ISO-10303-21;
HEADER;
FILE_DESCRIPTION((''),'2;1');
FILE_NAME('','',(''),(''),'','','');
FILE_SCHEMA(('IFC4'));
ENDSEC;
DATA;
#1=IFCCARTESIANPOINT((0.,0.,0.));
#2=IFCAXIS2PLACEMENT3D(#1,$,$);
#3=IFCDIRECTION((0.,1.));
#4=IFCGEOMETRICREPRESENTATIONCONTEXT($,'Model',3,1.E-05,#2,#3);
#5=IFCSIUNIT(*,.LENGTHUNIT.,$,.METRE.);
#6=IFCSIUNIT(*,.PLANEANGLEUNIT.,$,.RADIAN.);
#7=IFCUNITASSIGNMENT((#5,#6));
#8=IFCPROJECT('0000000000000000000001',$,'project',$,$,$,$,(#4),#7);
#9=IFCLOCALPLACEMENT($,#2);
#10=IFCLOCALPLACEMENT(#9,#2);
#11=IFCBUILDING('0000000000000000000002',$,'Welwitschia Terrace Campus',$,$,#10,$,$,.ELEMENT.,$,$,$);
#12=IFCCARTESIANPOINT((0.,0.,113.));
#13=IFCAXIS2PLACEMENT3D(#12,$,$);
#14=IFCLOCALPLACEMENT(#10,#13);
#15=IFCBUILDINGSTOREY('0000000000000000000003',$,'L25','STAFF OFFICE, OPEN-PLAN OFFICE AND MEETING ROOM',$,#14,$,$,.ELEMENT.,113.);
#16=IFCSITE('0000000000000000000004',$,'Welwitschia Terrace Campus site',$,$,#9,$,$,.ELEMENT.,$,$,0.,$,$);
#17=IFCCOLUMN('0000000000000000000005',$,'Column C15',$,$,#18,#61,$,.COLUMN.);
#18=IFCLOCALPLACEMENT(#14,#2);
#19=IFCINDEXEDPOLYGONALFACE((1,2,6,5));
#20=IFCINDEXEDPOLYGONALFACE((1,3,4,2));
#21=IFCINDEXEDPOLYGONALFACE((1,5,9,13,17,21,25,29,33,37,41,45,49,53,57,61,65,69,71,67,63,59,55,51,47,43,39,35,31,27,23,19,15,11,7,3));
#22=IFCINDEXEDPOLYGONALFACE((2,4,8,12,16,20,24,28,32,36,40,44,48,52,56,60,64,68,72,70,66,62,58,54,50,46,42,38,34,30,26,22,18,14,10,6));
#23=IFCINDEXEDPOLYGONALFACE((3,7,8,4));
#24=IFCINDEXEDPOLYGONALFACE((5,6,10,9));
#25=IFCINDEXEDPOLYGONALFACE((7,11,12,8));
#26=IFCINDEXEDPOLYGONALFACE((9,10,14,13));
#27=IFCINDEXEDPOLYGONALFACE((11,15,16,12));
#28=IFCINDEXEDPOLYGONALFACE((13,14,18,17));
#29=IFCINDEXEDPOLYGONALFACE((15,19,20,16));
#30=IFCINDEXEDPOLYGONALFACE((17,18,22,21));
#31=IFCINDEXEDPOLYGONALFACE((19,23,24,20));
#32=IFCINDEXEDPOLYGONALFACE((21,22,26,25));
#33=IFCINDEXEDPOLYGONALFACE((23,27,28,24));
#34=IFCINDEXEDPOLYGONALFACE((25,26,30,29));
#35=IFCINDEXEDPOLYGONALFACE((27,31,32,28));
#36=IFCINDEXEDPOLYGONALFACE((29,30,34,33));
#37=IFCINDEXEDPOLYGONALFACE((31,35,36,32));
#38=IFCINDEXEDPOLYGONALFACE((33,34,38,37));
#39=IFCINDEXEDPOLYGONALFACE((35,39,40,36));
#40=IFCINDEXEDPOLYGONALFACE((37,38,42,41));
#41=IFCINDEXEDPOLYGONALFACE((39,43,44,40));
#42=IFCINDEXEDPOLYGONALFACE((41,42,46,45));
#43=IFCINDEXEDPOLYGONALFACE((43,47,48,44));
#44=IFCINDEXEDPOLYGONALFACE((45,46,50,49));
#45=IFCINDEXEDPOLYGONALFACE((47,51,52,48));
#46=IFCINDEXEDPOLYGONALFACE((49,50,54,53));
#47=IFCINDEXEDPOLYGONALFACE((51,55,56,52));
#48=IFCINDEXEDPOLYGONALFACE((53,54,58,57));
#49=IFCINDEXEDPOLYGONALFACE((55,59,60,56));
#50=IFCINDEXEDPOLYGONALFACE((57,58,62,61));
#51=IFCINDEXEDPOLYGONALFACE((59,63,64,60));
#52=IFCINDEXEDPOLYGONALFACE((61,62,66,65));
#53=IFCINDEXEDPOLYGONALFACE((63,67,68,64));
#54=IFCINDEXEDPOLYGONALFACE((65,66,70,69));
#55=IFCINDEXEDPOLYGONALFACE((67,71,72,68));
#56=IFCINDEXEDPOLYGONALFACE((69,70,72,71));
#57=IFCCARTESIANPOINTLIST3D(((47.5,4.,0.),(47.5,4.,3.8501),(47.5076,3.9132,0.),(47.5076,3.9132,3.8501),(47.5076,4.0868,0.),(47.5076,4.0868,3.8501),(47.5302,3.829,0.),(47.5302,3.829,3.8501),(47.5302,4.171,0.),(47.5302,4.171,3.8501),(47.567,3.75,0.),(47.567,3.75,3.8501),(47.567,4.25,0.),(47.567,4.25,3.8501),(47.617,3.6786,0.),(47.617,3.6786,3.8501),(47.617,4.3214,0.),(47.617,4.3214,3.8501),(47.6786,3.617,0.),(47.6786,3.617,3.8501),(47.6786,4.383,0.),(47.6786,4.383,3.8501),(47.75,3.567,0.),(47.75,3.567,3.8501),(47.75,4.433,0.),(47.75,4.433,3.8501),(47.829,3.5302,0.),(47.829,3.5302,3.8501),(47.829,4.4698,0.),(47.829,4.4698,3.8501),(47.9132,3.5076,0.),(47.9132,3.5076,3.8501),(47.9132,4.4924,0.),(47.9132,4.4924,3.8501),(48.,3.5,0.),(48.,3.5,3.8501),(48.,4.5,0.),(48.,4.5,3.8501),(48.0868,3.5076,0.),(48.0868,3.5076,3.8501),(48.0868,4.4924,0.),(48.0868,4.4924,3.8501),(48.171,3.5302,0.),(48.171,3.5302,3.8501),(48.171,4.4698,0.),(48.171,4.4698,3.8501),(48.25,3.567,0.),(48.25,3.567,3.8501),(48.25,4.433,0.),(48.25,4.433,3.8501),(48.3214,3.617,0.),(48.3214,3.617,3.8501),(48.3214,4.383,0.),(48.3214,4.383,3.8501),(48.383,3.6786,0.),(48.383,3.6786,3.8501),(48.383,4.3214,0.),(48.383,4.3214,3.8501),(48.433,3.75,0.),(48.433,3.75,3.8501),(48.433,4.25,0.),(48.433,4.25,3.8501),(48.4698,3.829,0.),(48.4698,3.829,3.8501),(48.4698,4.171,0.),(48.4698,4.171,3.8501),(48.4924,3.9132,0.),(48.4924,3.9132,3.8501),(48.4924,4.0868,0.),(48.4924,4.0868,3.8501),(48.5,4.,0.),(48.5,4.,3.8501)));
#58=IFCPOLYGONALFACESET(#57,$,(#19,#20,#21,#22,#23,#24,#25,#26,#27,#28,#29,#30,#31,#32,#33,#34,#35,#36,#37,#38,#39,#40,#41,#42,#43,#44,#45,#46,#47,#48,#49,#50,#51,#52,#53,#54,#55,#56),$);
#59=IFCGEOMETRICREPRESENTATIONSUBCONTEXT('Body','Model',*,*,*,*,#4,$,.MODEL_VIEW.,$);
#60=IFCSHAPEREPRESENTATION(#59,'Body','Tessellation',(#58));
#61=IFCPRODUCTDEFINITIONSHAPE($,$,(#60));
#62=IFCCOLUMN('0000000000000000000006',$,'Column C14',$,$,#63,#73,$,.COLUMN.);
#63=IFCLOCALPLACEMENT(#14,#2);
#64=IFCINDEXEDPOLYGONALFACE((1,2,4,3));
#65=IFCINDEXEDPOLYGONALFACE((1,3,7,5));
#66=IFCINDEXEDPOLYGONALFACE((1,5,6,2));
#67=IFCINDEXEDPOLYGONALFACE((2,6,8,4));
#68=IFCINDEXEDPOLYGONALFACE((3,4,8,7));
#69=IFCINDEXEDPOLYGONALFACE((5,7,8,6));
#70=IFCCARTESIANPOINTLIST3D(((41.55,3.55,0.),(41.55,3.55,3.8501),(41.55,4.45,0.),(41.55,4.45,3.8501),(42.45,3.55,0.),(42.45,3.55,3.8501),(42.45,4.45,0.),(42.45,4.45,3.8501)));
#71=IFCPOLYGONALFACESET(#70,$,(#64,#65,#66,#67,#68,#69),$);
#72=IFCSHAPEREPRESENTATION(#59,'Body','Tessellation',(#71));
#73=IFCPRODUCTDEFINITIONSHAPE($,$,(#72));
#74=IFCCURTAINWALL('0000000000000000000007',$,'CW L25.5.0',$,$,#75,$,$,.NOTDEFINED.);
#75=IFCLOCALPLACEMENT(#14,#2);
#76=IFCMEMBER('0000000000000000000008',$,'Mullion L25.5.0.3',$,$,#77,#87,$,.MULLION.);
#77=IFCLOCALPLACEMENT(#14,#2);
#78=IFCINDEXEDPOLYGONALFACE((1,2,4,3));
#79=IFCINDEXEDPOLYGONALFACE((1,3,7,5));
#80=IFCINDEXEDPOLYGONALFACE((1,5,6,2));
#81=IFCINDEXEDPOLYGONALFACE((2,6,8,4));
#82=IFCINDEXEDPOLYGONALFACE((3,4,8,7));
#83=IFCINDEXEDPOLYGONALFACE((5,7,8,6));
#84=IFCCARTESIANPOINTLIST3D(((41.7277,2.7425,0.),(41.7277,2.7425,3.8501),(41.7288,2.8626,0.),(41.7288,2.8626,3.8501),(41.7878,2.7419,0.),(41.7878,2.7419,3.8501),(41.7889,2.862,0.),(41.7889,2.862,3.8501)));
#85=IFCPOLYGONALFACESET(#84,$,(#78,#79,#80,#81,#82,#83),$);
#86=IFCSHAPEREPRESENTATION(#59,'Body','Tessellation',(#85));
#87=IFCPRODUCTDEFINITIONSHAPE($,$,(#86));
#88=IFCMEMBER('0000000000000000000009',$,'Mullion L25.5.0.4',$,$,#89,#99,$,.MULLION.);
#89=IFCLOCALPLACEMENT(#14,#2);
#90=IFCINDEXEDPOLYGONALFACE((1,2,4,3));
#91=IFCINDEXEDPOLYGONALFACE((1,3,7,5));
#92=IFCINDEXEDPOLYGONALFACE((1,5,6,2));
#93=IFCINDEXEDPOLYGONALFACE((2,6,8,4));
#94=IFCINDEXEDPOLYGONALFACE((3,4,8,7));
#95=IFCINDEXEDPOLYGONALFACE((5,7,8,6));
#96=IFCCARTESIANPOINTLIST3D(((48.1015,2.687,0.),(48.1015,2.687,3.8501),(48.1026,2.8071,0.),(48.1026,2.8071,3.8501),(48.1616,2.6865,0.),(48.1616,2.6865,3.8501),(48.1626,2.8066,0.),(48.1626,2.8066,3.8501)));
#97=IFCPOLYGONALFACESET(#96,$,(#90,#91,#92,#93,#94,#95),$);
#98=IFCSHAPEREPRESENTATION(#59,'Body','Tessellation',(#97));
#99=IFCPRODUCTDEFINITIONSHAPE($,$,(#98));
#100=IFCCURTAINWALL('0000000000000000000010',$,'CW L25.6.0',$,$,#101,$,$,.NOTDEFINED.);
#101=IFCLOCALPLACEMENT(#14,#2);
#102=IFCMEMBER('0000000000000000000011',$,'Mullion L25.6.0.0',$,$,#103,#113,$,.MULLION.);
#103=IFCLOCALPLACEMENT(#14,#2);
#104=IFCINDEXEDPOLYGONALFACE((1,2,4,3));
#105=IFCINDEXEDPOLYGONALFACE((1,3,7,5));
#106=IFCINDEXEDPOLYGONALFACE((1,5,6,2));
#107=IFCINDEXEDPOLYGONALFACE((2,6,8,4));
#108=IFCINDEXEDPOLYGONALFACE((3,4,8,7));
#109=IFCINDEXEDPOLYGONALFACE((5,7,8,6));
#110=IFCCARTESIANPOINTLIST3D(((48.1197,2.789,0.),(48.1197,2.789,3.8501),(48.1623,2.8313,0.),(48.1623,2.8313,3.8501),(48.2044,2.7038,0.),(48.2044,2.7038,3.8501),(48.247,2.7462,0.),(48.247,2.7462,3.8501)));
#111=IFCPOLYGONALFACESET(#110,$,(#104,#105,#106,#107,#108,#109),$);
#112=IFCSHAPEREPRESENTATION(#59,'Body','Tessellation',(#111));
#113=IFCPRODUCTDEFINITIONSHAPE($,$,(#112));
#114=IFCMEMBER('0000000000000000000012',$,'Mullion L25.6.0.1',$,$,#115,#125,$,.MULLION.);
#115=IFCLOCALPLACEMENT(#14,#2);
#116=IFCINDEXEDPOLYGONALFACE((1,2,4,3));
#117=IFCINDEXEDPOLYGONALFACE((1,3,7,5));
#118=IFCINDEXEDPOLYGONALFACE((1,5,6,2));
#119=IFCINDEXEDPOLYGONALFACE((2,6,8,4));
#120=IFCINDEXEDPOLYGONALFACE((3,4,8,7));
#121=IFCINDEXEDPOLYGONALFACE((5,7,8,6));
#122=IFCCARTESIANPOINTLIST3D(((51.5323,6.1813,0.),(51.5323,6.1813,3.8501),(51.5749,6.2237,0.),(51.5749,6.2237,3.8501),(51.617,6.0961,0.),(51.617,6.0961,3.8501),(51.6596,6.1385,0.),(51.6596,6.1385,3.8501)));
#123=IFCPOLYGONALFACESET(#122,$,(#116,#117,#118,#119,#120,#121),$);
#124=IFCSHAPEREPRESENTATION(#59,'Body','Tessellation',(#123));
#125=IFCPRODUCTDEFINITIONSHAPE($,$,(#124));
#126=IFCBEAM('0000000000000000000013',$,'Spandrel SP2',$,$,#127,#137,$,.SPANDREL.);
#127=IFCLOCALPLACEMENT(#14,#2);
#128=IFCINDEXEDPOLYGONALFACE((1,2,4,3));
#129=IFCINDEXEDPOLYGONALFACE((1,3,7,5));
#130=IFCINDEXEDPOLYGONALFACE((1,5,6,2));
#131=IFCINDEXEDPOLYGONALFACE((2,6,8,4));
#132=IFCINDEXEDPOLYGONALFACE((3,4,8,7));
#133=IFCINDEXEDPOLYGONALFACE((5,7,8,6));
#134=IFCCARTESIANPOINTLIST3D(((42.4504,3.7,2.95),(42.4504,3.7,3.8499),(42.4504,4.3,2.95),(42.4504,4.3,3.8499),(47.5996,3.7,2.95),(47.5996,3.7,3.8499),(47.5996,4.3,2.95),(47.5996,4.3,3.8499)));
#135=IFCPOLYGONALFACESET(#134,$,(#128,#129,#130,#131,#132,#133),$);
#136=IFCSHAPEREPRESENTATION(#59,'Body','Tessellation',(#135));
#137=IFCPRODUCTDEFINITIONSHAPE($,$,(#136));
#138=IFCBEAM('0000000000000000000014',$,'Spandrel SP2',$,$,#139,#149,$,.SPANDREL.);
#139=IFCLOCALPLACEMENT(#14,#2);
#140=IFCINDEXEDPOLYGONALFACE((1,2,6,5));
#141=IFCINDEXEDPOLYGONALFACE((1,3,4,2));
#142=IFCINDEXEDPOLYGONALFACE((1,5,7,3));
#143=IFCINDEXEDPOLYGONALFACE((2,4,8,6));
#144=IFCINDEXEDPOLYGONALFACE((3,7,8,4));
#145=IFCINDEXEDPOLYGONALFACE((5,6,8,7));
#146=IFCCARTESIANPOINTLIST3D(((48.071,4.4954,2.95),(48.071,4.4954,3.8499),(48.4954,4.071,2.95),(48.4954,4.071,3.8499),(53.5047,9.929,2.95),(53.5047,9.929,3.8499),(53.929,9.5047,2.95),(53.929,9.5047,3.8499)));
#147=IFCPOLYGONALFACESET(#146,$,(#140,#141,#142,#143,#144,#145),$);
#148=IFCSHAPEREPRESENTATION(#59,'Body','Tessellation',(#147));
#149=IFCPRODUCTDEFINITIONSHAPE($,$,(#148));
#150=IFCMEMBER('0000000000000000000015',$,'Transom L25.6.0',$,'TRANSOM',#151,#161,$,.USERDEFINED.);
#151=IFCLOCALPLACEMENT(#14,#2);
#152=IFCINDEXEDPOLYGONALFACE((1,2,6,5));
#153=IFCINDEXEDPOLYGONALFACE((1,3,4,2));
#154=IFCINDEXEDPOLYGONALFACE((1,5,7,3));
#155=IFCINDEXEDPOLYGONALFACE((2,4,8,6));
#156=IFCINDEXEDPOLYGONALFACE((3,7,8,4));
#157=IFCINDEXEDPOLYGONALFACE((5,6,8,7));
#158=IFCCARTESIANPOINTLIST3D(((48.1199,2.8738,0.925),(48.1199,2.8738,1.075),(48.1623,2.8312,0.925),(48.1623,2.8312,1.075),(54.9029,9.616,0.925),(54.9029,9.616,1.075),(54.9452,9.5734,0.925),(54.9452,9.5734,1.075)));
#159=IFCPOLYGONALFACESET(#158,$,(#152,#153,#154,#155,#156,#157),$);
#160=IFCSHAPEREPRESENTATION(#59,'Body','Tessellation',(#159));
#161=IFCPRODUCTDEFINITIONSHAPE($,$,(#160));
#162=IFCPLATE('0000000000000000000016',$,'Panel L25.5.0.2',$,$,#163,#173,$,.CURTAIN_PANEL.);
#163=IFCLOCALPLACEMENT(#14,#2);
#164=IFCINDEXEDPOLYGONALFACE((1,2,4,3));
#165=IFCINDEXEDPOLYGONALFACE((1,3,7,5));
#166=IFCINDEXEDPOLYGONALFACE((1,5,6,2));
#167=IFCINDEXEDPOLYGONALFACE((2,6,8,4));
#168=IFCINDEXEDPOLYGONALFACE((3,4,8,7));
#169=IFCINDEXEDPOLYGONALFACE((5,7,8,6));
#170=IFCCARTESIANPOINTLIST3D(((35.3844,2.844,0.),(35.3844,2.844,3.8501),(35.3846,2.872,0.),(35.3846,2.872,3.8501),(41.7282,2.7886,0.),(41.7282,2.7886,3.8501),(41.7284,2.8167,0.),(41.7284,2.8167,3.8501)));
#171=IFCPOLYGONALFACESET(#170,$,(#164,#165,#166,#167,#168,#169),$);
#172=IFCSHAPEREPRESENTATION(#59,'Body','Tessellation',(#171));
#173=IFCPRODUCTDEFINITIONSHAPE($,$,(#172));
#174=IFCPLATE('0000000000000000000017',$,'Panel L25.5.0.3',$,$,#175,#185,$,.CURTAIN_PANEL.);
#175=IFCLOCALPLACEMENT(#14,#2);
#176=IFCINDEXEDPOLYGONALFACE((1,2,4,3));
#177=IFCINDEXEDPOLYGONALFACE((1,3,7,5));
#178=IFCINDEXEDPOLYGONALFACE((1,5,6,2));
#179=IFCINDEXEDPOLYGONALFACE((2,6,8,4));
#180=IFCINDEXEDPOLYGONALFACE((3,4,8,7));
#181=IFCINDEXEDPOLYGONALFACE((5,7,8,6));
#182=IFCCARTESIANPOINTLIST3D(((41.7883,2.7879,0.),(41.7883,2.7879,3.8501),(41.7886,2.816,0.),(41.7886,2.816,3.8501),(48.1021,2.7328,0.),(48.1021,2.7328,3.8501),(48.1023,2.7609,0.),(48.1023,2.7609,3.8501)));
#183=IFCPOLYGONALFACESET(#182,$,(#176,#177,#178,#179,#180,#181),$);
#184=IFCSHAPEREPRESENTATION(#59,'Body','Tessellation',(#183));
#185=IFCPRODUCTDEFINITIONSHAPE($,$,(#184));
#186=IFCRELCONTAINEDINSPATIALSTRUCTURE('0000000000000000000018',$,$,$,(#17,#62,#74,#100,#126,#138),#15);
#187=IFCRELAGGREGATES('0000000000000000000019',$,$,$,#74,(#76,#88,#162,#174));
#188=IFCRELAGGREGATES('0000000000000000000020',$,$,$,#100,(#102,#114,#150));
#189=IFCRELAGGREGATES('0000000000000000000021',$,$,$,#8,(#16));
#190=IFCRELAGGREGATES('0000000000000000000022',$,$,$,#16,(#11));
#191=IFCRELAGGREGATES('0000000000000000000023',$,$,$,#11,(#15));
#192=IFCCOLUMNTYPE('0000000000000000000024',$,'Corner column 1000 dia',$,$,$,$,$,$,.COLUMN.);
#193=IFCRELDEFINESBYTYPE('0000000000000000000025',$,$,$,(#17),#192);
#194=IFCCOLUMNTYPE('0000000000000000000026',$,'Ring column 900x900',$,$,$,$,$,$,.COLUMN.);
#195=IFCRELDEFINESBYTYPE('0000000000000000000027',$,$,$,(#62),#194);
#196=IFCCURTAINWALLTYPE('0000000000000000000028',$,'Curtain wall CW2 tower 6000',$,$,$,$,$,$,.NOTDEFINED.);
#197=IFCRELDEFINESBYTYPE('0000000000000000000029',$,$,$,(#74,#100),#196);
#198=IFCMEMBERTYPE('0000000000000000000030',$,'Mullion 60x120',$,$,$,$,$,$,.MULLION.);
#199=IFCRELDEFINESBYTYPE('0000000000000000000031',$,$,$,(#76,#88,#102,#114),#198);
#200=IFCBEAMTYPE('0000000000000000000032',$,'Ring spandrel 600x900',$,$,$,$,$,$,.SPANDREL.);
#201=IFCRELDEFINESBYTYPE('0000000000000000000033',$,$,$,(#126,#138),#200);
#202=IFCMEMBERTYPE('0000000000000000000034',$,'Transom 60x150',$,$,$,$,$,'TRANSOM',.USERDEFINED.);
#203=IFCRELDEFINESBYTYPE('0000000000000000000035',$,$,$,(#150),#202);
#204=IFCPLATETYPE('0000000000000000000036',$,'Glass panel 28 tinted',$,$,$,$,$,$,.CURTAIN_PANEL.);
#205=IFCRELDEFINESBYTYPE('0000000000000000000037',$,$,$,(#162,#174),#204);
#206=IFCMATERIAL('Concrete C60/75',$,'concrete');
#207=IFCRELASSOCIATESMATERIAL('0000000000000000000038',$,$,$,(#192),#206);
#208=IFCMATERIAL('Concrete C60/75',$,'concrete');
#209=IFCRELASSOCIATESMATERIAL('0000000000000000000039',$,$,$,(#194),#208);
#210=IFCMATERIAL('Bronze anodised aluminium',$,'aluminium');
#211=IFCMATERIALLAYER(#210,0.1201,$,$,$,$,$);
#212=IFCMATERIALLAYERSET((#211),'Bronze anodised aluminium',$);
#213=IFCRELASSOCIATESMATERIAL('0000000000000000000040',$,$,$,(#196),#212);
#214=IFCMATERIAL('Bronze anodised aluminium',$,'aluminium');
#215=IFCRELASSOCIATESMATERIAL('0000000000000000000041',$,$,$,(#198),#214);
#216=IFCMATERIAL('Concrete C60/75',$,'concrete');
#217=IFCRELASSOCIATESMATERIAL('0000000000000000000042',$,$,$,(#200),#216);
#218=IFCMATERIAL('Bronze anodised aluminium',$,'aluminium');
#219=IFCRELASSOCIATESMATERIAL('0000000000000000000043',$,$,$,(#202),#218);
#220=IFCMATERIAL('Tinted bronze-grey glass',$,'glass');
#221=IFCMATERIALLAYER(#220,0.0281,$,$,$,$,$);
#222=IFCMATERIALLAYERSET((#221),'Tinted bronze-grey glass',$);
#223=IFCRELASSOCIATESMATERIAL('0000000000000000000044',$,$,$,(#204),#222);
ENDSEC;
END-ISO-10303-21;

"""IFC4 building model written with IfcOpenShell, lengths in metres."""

from ifc_helpers import new_model, si_unit, direction, frame, origin, origin_2d, place, context, subcontext, project, spatial, rectangle, circle, extrude, material, layer, layer_set, material_profile, profile_set, type_object, element, aggregate, save


model = new_model("IFC4")

# Units and contexts
model_context = context("Model", 3, precision=1e-05, world=origin(), true_north=direction((0.0, 1.0)))
body_context = subcontext(model_context, "Body", "Model", "MODEL_VIEW")
ifc_project = project(units=[si_unit("LENGTHUNIT", "METRE"), si_unit("PLANEANGLEUNIT", "RADIAN")], contexts=[model_context])

# Site, building, storey
site_placement = place(None, origin())
site = spatial("IfcSite", under=ifc_project, at=site_placement, Name="Welwitschia Terrace Campus site", CompositionType="ELEMENT", RefElevation=0.0)
building_placement = place(site_placement, origin())
building = spatial("IfcBuilding", under=site, at=building_placement, Name="Welwitschia Terrace Campus", CompositionType="ELEMENT")
storey_placement = place(building_placement, frame((0.0, 0.0, 113.0)))
storey = spatial("IfcBuildingStorey", under=building, at=storey_placement, Name="L25", Description="STAFF OFFICE, OPEN-PLAN OFFICE AND MEETING ROOM", CompositionType="ELEMENT", Elevation=113.0)

# Columns
ifc_material_1 = material(Name="Concrete C60/75", Category="concrete")
ifc_material_profile_1 = material_profile(ifc_material_1, circle(Radius=0.5, at=origin_2d()))
ifc_profile_set_1 = profile_set([ifc_material_profile_1], Name="Concrete C60/75")
column_type_1 = type_object("IfcColumnType", Name="Corner column 1000 dia", PredefinedType="COLUMN", material=ifc_profile_set_1)
column_1_placement = place(storey_placement, frame((48.0, 4.0, 0.0), z_axis=(0.0, 0.0, 1.0), x_axis=(1.0, 0.0, 0.0)))
element("IfcColumn", 1, at=column_1_placement, inside=storey, type_object=column_type_1, Name="Column C15", PredefinedType="COLUMN", context=body_context, shape_type="SweptSolid", body=[
    extrude(circle(Radius=0.5, at=origin_2d()), origin(), (0.0, 0.0, 1.0), 3.8501),
])
ifc_material_2 = material(Name="Concrete C60/75", Category="concrete")
ifc_material_profile_2 = material_profile(ifc_material_2, rectangle(XDim=0.8999, YDim=0.8999, at=origin_2d()))
ifc_profile_set_2 = profile_set([ifc_material_profile_2], Name="Concrete C60/75")
column_type_2 = type_object("IfcColumnType", Name="Ring column 900x900", PredefinedType="COLUMN", material=ifc_profile_set_2)
column_2_placement = place(storey_placement, frame((42.0, 4.0, 0.0), z_axis=(0.0, 0.0, 1.0), x_axis=(1.0, 0.0, 0.0)))
element("IfcColumn", 2, at=column_2_placement, inside=storey, type_object=column_type_2, Name="Column C14", PredefinedType="COLUMN", context=body_context, shape_type="SweptSolid", body=[
    extrude(rectangle(XDim=0.8999, YDim=0.8999, at=origin_2d()), origin(), (0.0, 0.0, 1.0), 3.8501),
])

# Curtain walls, members
ifc_material_3 = material(Name="Bronze anodised aluminium", Category="aluminium")
ifc_layer_1 = layer(ifc_material_3, 0.1201)
ifc_layer_set_1 = layer_set([ifc_layer_1], Name="Bronze anodised aluminium")
curtain_wall_type = type_object("IfcCurtainWallType", Name="Curtain wall CW2 tower 6000", PredefinedType="NOTDEFINED", material=ifc_layer_set_1)
curtain_wall_1_placement = place(storey_placement, origin())
curtain_wall_1 = element("IfcCurtainWall", 3, at=curtain_wall_1_placement, inside=storey, type_object=curtain_wall_type, Name="CW L25.5.0", PredefinedType="NOTDEFINED")
ifc_material_4 = material(Name="Bronze anodised aluminium", Category="aluminium")
ifc_material_profile_3 = material_profile(ifc_material_4, rectangle(XDim=0.1201, YDim=0.0601, at=origin_2d()))
ifc_profile_set_3 = profile_set([ifc_material_profile_3], Name="Bronze anodised aluminium")
member_type_1 = type_object("IfcMemberType", Name="Mullion 60x120", PredefinedType="MULLION", material=ifc_profile_set_3)
member_1_placement = place(storey_placement, frame((41.7583, 2.8022, 0.0), z_axis=(0.0, 0.0, 1.0), x_axis=(0.008727, 0.999962, 0.0)))
member_1 = element("IfcMember", 4, at=member_1_placement, type_object=member_type_1, Name="Mullion L25.5.0.3", PredefinedType="MULLION", context=body_context, shape_type="SweptSolid", body=[
    extrude(rectangle(XDim=0.1201, YDim=0.0601, at=origin_2d()), origin(), (0.0, 0.0, 1.0), 3.8501),
])
member_2_placement = place(storey_placement, frame((48.1321, 2.7468, 0.0), z_axis=(0.0, 0.0, 1.0), x_axis=(0.008727, 0.999962, 0.0)))
member_2 = element("IfcMember", 5, at=member_2_placement, type_object=member_type_1, Name="Mullion L25.5.0.4", PredefinedType="MULLION", context=body_context, shape_type="SweptSolid", body=[
    extrude(rectangle(XDim=0.1201, YDim=0.0601, at=origin_2d()), origin(), (0.0, 0.0, 1.0), 3.8501),
])
curtain_wall_2_placement = place(storey_placement, origin())
curtain_wall_2 = element("IfcCurtainWall", 6, at=curtain_wall_2_placement, inside=storey, type_object=curtain_wall_type, Name="CW L25.6.0", PredefinedType="NOTDEFINED")
member_3_placement = place(storey_placement, frame((48.1833, 2.7676, 0.0), z_axis=(0.0, 0.0, 1.0), x_axis=(-0.704985, 0.709222, 0.0)))
member_3 = element("IfcMember", 7, at=member_3_placement, type_object=member_type_1, Name="Mullion L25.6.0.0", PredefinedType="MULLION", context=body_context, shape_type="SweptSolid", body=[
    extrude(rectangle(XDim=0.1201, YDim=0.0601, at=origin_2d()), origin(), (0.0, 0.0, 1.0), 3.8501),
])
member_4_placement = place(storey_placement, frame((51.5959, 6.1599, 0.0), z_axis=(0.0, 0.0, 1.0), x_axis=(-0.704985, 0.709222, 0.0)))
member_4 = element("IfcMember", 8, at=member_4_placement, type_object=member_type_1, Name="Mullion L25.6.0.1", PredefinedType="MULLION", context=body_context, shape_type="SweptSolid", body=[
    extrude(rectangle(XDim=0.1201, YDim=0.0601, at=origin_2d()), origin(), (0.0, 0.0, 1.0), 3.8501),
])

# Beams
ifc_material_5 = material(Name="Concrete C60/75", Category="concrete")
ifc_material_profile_4 = material_profile(ifc_material_5, rectangle(XDim=0.6001, YDim=0.8999, at=origin_2d()))
ifc_profile_set_4 = profile_set([ifc_material_profile_4], Name="Concrete C60/75")
beam_type = type_object("IfcBeamType", Name="Ring spandrel 600x900", PredefinedType="SPANDREL", material=ifc_profile_set_4)
beam_1_placement = place(storey_placement, frame((42.4504, 4.0, 3.3999), z_axis=(1.0, 0.0, 0.0), x_axis=(0.0, 1.0, 0.0)))
element("IfcBeam", 9, at=beam_1_placement, inside=storey, type_object=beam_type, Name="Spandrel SP2", PredefinedType="SPANDREL", context=body_context, shape_type="SweptSolid", body=[
    extrude(rectangle(XDim=0.6001, YDim=0.8999, at=origin_2d()), origin(), (0.0, 0.0, 1.0), 5.1492),
])
beam_2_placement = place(storey_placement, frame((48.2832, 4.2832, 3.3999), z_axis=(0.707107, 0.707107, 0.0), x_axis=(-0.707107, 0.707107, 0.0)))
element("IfcBeam", 10, at=beam_2_placement, inside=storey, type_object=beam_type, Name="Spandrel SP2", PredefinedType="SPANDREL", context=body_context, shape_type="SweptSolid", body=[
    extrude(rectangle(XDim=0.6001, YDim=0.8999, at=origin_2d()), origin(), (0.0, 0.0, 1.0), 7.6843),
])

# Member
ifc_material_6 = material(Name="Bronze anodised aluminium", Category="aluminium")
ifc_material_profile_5 = material_profile(ifc_material_6, rectangle(XDim=0.0601, YDim=0.1499, at=origin_2d()))
ifc_profile_set_5 = profile_set([ifc_material_profile_5], Name="Bronze anodised aluminium")
member_type_2 = type_object("IfcMemberType", Name="Transom 60x150", ElementType="TRANSOM", PredefinedType="USERDEFINED", material=ifc_profile_set_5)
member_5_placement = place(storey_placement, frame((48.1411, 2.8525, 1.0), z_axis=(0.709235, 0.704972, 0.0), x_axis=(-0.704972, 0.709235, 0.0)))
member_5 = element("IfcMember", 11, at=member_5_placement, type_object=member_type_2, Name="Transom L25.6.0", ObjectType="TRANSOM", PredefinedType="USERDEFINED", context=body_context, shape_type="SweptSolid", body=[
    extrude(rectangle(XDim=0.0601, YDim=0.1499, at=origin_2d()), origin(), (0.0, 0.0, 1.0), 9.5637),
])

# Plates
ifc_material_7 = material(Name="Tinted bronze-grey glass", Category="glass")
ifc_layer_2 = layer(ifc_material_7, 0.0281)
ifc_layer_set_2 = layer_set([ifc_layer_2], Name="Tinted bronze-grey glass")
plate_type = type_object("IfcPlateType", Name="Glass panel 28 tinted", PredefinedType="CURTAIN_PANEL", material=ifc_layer_set_2)
plate_1_placement = place(storey_placement, frame((38.5564, 2.8303, 0.0), z_axis=(0.0, 0.0, 1.0), x_axis=(0.999962, -0.008727, 0.0)))
plate_1 = element("IfcPlate", 12, at=plate_1_placement, type_object=plate_type, Name="Panel L25.5.0.2", PredefinedType="CURTAIN_PANEL", context=body_context, shape_type="SweptSolid", body=[
    extrude(rectangle(XDim=6.344, YDim=0.0281, at=origin_2d()), origin(), (0.0, 0.0, 1.0), 3.8501),
])
plate_2_placement = place(storey_placement, frame((44.9453, 2.7744, 0.0), z_axis=(0.0, 0.0, 1.0), x_axis=(0.999962, -0.008727, 0.0)))
plate_2 = element("IfcPlate", 13, at=plate_2_placement, type_object=plate_type, Name="Panel L25.5.0.3", PredefinedType="CURTAIN_PANEL", context=body_context, shape_type="SweptSolid", body=[
    extrude(rectangle(XDim=6.314, YDim=0.0281, at=origin_2d()), origin(), (0.0, 0.0, 1.0), 3.8501),
])
aggregate(curtain_wall_1, [member_1, member_2, plate_1, plate_2])
aggregate(curtain_wall_2, [member_3, member_4, member_5])

save(model, "model.ifc")
